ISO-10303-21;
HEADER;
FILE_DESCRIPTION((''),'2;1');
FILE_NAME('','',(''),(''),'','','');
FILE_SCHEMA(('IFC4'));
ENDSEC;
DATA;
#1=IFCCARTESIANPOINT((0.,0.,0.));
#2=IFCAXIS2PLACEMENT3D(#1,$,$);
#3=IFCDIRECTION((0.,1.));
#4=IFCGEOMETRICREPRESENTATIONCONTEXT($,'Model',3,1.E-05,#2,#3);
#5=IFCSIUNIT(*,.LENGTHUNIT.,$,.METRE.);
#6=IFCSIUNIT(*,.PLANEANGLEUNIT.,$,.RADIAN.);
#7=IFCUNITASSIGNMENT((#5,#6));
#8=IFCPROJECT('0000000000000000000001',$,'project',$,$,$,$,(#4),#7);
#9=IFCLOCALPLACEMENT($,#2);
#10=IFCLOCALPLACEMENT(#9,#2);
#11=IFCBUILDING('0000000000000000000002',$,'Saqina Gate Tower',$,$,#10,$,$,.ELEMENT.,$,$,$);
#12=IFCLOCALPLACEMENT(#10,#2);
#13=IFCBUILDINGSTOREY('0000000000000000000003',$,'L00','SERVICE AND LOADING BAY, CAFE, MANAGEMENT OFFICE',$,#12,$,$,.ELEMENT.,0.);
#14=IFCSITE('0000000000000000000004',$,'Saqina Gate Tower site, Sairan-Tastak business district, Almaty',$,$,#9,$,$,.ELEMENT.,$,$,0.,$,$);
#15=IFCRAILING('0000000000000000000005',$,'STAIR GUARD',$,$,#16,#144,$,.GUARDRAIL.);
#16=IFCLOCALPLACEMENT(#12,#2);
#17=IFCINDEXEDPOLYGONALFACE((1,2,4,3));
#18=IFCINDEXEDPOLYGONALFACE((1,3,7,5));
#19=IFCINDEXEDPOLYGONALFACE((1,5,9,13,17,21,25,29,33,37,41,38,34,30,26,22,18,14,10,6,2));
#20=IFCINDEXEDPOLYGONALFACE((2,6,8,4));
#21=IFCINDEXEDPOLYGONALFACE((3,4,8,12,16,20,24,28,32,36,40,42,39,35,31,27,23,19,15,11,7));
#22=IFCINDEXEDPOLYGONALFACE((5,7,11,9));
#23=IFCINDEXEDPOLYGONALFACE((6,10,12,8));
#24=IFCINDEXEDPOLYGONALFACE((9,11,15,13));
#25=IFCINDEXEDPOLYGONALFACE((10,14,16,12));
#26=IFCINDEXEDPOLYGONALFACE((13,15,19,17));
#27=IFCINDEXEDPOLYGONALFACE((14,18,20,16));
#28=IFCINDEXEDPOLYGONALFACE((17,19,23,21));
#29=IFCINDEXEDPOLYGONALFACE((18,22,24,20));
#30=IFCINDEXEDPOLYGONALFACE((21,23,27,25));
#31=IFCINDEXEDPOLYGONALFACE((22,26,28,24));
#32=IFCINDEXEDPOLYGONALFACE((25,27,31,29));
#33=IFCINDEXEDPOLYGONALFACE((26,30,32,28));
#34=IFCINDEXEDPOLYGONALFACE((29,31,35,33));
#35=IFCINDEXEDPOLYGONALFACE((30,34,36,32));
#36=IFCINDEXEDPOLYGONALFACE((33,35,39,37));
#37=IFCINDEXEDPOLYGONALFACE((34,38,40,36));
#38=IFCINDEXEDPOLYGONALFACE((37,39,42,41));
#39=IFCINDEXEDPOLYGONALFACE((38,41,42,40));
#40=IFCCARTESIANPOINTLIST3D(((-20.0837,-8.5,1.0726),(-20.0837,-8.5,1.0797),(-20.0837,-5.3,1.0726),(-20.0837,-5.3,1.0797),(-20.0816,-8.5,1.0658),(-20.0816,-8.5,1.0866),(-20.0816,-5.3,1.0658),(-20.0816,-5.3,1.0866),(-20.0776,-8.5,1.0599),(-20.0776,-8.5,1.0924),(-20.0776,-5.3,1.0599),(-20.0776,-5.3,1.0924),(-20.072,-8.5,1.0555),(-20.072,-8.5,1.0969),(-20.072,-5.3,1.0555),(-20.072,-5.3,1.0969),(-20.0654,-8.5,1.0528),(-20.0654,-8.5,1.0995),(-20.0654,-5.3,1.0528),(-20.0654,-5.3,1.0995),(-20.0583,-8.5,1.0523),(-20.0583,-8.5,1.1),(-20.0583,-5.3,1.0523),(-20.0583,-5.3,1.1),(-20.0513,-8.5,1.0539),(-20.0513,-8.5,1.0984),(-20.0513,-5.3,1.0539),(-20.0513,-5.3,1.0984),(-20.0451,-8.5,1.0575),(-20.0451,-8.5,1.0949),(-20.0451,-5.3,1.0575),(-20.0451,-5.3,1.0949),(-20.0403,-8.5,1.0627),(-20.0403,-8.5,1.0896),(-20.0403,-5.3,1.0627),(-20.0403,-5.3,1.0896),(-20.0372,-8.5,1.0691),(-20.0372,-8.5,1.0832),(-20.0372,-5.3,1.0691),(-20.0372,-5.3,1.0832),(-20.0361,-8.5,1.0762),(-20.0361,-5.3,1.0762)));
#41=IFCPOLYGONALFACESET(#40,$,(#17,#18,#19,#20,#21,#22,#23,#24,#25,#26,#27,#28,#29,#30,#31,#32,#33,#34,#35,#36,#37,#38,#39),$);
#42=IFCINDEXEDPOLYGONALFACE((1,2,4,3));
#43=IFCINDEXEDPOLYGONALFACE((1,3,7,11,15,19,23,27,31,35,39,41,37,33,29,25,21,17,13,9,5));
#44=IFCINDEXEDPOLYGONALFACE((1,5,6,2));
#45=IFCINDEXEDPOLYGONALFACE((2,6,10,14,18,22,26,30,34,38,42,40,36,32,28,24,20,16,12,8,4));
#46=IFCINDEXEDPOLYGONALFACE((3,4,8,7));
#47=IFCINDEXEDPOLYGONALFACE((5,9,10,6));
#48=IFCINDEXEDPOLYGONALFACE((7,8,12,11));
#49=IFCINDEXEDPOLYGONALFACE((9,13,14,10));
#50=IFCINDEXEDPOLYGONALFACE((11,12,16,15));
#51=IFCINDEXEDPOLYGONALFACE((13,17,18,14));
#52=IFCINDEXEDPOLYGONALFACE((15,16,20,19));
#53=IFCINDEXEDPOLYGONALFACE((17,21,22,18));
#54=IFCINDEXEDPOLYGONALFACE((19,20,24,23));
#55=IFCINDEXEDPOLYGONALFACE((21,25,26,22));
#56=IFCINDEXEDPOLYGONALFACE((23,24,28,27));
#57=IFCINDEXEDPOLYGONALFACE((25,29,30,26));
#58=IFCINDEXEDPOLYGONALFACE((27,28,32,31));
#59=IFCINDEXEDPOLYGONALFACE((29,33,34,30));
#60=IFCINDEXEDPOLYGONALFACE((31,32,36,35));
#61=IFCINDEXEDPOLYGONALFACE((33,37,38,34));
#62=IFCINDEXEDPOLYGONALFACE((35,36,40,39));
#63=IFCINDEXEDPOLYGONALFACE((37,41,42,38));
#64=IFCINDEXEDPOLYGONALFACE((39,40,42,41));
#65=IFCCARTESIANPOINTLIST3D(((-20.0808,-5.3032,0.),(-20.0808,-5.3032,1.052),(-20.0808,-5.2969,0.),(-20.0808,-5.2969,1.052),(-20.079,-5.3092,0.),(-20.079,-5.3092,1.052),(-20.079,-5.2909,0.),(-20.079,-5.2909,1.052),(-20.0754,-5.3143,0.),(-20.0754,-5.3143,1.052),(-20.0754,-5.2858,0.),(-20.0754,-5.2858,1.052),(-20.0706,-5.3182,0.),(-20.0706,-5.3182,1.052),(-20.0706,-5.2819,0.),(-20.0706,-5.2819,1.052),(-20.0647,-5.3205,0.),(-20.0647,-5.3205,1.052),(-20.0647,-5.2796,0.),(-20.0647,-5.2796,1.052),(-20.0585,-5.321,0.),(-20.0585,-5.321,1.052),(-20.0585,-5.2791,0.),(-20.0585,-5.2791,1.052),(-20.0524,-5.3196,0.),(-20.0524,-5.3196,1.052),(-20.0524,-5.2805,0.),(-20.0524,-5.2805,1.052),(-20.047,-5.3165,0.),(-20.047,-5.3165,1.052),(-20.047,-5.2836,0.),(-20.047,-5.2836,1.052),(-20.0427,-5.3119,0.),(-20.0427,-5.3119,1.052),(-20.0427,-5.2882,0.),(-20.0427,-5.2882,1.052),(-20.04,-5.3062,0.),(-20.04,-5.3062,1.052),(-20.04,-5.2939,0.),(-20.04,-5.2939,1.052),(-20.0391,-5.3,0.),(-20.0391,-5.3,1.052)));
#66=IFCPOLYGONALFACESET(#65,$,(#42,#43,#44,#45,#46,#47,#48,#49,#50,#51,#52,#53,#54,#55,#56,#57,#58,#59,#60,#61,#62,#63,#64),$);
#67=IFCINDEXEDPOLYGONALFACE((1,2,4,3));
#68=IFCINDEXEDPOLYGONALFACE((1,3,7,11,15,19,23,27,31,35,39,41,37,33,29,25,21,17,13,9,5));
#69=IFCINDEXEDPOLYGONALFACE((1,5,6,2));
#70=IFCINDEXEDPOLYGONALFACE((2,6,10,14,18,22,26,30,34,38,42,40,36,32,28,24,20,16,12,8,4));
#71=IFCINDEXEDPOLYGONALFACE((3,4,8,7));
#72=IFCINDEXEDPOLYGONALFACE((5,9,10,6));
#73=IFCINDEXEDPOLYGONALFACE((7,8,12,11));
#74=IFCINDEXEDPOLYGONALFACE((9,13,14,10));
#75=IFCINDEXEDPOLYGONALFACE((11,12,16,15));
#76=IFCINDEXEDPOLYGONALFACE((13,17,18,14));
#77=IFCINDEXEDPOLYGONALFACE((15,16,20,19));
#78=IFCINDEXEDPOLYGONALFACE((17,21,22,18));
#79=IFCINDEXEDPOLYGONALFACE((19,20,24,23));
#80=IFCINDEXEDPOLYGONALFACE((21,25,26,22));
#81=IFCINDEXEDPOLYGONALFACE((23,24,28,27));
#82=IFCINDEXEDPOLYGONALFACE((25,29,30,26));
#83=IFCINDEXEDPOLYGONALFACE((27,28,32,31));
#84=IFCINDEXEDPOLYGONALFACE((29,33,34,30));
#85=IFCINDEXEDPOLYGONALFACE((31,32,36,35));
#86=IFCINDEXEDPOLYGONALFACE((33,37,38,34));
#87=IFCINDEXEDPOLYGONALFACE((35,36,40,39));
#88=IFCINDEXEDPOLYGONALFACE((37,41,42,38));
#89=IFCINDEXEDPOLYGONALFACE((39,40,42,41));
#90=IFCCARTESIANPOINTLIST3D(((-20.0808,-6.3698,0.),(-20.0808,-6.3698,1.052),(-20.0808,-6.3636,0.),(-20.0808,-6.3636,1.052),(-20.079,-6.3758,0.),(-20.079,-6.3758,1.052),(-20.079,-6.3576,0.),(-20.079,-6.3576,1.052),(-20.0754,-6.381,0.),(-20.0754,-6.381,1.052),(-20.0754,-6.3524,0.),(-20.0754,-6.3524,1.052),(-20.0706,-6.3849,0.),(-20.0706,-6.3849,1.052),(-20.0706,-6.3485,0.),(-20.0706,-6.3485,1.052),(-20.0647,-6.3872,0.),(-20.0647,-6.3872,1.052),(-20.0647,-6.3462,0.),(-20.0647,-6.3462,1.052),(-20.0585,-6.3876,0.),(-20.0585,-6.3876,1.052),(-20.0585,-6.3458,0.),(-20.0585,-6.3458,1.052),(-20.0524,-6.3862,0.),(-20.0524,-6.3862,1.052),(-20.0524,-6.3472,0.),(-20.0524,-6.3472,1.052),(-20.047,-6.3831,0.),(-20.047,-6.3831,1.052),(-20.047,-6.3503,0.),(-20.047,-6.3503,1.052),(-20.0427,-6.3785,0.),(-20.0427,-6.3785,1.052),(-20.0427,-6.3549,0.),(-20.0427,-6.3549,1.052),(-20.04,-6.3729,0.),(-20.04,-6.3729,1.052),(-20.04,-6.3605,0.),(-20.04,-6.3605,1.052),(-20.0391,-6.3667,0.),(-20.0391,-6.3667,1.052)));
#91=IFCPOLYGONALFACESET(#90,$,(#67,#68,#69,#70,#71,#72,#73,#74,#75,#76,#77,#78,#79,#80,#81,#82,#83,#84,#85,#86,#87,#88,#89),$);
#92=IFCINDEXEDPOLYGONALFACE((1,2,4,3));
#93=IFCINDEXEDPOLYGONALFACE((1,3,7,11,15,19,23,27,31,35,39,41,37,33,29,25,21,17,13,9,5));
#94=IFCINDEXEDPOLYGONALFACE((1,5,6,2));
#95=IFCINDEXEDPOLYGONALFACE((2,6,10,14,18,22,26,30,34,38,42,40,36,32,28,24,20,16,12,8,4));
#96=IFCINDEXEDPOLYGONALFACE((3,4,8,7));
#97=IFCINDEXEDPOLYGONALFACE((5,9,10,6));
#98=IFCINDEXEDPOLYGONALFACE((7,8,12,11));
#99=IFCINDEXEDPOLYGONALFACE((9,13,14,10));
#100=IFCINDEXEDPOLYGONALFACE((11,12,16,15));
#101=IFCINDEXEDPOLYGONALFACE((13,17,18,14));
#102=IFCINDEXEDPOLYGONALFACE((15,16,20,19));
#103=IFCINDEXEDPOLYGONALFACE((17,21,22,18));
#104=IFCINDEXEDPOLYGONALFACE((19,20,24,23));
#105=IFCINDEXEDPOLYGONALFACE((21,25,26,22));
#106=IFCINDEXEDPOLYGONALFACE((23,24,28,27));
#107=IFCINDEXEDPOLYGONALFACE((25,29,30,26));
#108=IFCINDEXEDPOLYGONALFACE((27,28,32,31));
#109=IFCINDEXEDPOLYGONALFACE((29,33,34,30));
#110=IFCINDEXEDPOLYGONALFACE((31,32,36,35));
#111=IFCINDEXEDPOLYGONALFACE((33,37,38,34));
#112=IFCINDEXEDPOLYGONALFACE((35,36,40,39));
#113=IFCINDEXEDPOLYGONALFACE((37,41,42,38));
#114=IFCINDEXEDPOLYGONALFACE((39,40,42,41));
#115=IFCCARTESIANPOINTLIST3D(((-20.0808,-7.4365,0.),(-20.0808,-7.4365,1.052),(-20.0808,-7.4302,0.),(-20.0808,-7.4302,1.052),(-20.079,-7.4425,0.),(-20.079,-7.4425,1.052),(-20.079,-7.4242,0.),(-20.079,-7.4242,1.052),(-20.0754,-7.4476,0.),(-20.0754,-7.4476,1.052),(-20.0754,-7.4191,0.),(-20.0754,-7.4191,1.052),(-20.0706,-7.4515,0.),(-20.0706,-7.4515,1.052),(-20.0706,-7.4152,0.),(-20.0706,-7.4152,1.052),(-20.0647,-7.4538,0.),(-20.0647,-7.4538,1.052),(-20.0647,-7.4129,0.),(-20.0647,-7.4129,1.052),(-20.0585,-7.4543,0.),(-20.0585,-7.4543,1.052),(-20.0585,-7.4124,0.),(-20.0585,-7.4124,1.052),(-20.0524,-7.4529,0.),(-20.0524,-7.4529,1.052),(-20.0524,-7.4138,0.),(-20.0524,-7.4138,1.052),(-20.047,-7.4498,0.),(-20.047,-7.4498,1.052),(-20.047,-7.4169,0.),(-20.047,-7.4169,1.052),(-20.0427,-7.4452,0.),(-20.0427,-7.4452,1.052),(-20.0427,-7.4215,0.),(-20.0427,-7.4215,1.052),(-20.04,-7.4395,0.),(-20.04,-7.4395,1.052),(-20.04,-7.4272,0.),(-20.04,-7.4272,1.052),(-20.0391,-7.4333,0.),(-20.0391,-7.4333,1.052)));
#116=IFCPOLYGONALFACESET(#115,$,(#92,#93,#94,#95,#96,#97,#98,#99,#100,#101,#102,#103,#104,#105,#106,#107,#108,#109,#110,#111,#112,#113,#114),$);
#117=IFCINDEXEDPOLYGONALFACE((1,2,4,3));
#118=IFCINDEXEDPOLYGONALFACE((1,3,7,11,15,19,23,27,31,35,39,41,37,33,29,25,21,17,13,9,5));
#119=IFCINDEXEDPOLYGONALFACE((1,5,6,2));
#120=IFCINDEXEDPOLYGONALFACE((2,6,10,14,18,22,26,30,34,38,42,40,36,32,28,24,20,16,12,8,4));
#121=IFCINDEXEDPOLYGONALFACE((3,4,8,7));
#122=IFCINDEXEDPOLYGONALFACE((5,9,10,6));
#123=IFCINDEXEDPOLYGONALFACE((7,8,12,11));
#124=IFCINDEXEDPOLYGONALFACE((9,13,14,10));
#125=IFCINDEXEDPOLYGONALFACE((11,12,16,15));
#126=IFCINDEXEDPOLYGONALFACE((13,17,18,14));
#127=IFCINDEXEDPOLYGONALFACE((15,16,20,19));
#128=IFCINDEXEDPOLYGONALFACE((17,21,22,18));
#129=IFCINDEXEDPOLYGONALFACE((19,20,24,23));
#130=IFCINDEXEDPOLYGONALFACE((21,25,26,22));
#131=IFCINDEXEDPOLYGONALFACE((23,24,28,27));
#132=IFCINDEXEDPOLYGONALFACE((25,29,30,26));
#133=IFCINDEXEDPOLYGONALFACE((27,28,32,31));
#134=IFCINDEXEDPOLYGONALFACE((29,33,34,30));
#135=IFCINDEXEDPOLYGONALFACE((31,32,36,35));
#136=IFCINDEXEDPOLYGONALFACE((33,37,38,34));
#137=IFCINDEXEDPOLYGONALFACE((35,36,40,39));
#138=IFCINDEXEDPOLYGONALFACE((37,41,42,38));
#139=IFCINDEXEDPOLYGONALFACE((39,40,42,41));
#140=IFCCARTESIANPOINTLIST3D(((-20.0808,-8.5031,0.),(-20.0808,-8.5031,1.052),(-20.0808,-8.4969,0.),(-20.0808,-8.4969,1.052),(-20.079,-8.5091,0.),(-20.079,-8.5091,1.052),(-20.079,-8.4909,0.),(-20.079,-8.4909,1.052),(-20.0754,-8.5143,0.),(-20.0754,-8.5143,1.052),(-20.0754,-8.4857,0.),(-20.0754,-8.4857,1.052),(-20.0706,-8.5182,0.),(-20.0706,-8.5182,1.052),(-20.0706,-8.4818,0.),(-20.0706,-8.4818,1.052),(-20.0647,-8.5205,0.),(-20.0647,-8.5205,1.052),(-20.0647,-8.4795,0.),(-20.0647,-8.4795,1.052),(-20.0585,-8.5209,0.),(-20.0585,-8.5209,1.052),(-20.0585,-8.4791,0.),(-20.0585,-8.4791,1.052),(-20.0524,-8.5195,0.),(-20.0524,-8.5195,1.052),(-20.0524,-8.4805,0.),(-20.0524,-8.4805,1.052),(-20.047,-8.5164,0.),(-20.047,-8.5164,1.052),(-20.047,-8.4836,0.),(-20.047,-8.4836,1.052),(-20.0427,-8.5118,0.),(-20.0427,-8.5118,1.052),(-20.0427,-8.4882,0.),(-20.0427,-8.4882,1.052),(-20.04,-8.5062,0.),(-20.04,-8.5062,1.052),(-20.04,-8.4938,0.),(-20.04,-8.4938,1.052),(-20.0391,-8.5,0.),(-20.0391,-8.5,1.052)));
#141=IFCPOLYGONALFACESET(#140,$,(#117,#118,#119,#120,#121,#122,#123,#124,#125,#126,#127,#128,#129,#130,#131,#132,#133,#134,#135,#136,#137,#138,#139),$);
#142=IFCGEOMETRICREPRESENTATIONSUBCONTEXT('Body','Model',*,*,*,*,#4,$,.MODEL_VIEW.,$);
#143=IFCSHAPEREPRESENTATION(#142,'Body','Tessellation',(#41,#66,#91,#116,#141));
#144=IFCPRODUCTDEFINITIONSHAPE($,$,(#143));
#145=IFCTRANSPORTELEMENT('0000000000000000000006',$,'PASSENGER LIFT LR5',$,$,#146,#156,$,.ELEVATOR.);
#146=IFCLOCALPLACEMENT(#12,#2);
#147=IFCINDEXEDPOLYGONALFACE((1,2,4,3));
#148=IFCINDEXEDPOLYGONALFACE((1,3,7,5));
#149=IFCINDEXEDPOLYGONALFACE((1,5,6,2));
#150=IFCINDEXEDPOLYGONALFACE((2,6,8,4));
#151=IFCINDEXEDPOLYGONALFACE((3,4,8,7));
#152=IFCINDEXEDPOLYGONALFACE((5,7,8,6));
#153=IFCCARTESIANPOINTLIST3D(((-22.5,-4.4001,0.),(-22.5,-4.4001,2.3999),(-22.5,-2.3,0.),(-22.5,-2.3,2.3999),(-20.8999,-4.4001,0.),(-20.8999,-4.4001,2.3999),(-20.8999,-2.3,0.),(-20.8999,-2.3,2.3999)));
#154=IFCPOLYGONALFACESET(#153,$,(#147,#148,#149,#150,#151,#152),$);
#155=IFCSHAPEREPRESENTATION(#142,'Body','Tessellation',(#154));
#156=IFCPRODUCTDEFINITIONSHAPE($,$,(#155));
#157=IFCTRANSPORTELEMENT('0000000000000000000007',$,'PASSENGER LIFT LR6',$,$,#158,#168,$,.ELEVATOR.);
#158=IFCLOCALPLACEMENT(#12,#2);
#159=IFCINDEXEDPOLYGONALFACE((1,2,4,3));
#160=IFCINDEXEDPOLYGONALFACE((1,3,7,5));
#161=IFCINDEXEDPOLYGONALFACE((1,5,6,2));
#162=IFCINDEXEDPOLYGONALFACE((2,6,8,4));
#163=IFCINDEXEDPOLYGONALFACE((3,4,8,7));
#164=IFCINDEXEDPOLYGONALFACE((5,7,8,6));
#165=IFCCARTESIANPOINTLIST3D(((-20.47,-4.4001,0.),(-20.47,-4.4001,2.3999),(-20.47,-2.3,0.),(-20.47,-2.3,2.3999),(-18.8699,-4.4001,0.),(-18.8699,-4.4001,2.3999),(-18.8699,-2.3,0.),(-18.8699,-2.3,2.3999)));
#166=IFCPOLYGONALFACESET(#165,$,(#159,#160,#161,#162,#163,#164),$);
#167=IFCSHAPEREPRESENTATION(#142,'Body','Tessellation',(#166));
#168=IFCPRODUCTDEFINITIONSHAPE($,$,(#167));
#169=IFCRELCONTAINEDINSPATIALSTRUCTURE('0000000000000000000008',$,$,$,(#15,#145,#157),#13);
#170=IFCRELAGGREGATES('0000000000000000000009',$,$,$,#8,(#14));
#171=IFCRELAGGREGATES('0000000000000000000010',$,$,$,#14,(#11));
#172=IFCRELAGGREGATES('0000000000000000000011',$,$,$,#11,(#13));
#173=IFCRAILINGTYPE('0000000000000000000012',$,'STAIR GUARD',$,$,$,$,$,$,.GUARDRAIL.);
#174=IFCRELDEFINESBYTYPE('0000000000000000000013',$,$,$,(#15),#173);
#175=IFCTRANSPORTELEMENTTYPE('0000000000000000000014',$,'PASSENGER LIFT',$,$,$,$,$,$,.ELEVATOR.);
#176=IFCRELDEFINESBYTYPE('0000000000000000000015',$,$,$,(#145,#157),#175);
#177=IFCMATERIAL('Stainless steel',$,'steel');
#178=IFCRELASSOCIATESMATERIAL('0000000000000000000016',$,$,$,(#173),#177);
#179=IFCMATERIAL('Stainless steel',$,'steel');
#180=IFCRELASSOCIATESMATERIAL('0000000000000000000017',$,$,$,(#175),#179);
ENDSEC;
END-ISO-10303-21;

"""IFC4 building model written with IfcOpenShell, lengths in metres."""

from ifc_helpers import new_model, si_unit, direction, frame, origin, origin_2d, place, context, subcontext, project, spatial, rectangle, circle, extrude, material, type_object, element, save


model = new_model("IFC4")

# Units and contexts
model_context = context("Model", 3, precision=1e-05, world=origin(), true_north=direction((0.0, 1.0)))
body_context = subcontext(model_context, "Body", "Model", "MODEL_VIEW")
ifc_project = project(units=[si_unit("LENGTHUNIT", "METRE"), si_unit("PLANEANGLEUNIT", "RADIAN")], contexts=[model_context])

# Site, building, storey
site_placement = place(None, origin())
site = spatial("IfcSite", under=ifc_project, at=site_placement, Name="Saqina Gate Tower site, Sairan-Tastak business district, Almaty", CompositionType="ELEMENT", RefElevation=0.0)
building_placement = place(site_placement, origin())
building = spatial("IfcBuilding", under=site, at=building_placement, Name="Saqina Gate Tower", CompositionType="ELEMENT")
storey_placement = place(building_placement, origin())
storey = spatial("IfcBuildingStorey", under=building, at=storey_placement, Name="L00", Description="SERVICE AND LOADING BAY, CAFE, MANAGEMENT OFFICE", CompositionType="ELEMENT", Elevation=0.0)

# Railing
ifc_material_1 = material(Name="Stainless steel", Category="steel")
railing_type = type_object("IfcRailingType", Name="STAIR GUARD", PredefinedType="GUARDRAIL", material=ifc_material_1)
railing_placement = place(storey_placement, frame((-20.0601, -5.3, 0.0)))
element("IfcRailing", 1, at=railing_placement, inside=storey, type_object=railing_type, Name="STAIR GUARD", PredefinedType="GUARDRAIL", context=body_context, shape_type="SweptSolid", body=[
    extrude(circle(Radius=0.0239, at=origin_2d()), frame((0.0, 0.0, 1.0762), z_axis=(0.0, -1.0, 0.0), x_axis=(1.0, 0.0, 0.0)), (0.0, 0.0, 1.0), 3.2),
    extrude(circle(Radius=0.021, at=origin_2d()), origin(), (0.0, 0.0, 1.0), 1.052),
    extrude(circle(Radius=0.021, at=origin_2d()), frame((0.0, -1.0667, 0.0)), (0.0, 0.0, 1.0), 1.052),
    extrude(circle(Radius=0.021, at=origin_2d()), frame((0.0, -2.1333, 0.0)), (0.0, 0.0, 1.0), 1.052),
    extrude(circle(Radius=0.021, at=origin_2d()), frame((0.0, -3.2, 0.0)), (0.0, 0.0, 1.0), 1.052),
])

# Transport elements
ifc_material_2 = material(Name="Stainless steel", Category="steel")
transport_element_type = type_object("IfcTransportElementType", Name="PASSENGER LIFT", PredefinedType="ELEVATOR", material=ifc_material_2)
for number, where, z_axis, x_axis, name in (
    (2, (-21.7, -3.3501, 0.0), (0.0, 0.0, 1.0), (1.0, 0.0, 0.0), "PASSENGER LIFT LR5"),
    (3, (-19.6699, -3.3501, 0.0), (0.0, 0.0, 1.0), (1.0, 0.0, 0.0), "PASSENGER LIFT LR6"),
):
    element("IfcTransportElement", number, at=place(storey_placement, frame(where, z_axis=z_axis, x_axis=x_axis)), inside=storey, type_object=transport_element_type, Name=name, PredefinedType="ELEVATOR", context=body_context, shape_type="SweptSolid", body=[
        extrude(rectangle(XDim=1.6001, YDim=2.1001, at=origin_2d()), origin(), (0.0, 0.0, 1.0), 2.3999),
    ])

save(model, "model.ifc")
